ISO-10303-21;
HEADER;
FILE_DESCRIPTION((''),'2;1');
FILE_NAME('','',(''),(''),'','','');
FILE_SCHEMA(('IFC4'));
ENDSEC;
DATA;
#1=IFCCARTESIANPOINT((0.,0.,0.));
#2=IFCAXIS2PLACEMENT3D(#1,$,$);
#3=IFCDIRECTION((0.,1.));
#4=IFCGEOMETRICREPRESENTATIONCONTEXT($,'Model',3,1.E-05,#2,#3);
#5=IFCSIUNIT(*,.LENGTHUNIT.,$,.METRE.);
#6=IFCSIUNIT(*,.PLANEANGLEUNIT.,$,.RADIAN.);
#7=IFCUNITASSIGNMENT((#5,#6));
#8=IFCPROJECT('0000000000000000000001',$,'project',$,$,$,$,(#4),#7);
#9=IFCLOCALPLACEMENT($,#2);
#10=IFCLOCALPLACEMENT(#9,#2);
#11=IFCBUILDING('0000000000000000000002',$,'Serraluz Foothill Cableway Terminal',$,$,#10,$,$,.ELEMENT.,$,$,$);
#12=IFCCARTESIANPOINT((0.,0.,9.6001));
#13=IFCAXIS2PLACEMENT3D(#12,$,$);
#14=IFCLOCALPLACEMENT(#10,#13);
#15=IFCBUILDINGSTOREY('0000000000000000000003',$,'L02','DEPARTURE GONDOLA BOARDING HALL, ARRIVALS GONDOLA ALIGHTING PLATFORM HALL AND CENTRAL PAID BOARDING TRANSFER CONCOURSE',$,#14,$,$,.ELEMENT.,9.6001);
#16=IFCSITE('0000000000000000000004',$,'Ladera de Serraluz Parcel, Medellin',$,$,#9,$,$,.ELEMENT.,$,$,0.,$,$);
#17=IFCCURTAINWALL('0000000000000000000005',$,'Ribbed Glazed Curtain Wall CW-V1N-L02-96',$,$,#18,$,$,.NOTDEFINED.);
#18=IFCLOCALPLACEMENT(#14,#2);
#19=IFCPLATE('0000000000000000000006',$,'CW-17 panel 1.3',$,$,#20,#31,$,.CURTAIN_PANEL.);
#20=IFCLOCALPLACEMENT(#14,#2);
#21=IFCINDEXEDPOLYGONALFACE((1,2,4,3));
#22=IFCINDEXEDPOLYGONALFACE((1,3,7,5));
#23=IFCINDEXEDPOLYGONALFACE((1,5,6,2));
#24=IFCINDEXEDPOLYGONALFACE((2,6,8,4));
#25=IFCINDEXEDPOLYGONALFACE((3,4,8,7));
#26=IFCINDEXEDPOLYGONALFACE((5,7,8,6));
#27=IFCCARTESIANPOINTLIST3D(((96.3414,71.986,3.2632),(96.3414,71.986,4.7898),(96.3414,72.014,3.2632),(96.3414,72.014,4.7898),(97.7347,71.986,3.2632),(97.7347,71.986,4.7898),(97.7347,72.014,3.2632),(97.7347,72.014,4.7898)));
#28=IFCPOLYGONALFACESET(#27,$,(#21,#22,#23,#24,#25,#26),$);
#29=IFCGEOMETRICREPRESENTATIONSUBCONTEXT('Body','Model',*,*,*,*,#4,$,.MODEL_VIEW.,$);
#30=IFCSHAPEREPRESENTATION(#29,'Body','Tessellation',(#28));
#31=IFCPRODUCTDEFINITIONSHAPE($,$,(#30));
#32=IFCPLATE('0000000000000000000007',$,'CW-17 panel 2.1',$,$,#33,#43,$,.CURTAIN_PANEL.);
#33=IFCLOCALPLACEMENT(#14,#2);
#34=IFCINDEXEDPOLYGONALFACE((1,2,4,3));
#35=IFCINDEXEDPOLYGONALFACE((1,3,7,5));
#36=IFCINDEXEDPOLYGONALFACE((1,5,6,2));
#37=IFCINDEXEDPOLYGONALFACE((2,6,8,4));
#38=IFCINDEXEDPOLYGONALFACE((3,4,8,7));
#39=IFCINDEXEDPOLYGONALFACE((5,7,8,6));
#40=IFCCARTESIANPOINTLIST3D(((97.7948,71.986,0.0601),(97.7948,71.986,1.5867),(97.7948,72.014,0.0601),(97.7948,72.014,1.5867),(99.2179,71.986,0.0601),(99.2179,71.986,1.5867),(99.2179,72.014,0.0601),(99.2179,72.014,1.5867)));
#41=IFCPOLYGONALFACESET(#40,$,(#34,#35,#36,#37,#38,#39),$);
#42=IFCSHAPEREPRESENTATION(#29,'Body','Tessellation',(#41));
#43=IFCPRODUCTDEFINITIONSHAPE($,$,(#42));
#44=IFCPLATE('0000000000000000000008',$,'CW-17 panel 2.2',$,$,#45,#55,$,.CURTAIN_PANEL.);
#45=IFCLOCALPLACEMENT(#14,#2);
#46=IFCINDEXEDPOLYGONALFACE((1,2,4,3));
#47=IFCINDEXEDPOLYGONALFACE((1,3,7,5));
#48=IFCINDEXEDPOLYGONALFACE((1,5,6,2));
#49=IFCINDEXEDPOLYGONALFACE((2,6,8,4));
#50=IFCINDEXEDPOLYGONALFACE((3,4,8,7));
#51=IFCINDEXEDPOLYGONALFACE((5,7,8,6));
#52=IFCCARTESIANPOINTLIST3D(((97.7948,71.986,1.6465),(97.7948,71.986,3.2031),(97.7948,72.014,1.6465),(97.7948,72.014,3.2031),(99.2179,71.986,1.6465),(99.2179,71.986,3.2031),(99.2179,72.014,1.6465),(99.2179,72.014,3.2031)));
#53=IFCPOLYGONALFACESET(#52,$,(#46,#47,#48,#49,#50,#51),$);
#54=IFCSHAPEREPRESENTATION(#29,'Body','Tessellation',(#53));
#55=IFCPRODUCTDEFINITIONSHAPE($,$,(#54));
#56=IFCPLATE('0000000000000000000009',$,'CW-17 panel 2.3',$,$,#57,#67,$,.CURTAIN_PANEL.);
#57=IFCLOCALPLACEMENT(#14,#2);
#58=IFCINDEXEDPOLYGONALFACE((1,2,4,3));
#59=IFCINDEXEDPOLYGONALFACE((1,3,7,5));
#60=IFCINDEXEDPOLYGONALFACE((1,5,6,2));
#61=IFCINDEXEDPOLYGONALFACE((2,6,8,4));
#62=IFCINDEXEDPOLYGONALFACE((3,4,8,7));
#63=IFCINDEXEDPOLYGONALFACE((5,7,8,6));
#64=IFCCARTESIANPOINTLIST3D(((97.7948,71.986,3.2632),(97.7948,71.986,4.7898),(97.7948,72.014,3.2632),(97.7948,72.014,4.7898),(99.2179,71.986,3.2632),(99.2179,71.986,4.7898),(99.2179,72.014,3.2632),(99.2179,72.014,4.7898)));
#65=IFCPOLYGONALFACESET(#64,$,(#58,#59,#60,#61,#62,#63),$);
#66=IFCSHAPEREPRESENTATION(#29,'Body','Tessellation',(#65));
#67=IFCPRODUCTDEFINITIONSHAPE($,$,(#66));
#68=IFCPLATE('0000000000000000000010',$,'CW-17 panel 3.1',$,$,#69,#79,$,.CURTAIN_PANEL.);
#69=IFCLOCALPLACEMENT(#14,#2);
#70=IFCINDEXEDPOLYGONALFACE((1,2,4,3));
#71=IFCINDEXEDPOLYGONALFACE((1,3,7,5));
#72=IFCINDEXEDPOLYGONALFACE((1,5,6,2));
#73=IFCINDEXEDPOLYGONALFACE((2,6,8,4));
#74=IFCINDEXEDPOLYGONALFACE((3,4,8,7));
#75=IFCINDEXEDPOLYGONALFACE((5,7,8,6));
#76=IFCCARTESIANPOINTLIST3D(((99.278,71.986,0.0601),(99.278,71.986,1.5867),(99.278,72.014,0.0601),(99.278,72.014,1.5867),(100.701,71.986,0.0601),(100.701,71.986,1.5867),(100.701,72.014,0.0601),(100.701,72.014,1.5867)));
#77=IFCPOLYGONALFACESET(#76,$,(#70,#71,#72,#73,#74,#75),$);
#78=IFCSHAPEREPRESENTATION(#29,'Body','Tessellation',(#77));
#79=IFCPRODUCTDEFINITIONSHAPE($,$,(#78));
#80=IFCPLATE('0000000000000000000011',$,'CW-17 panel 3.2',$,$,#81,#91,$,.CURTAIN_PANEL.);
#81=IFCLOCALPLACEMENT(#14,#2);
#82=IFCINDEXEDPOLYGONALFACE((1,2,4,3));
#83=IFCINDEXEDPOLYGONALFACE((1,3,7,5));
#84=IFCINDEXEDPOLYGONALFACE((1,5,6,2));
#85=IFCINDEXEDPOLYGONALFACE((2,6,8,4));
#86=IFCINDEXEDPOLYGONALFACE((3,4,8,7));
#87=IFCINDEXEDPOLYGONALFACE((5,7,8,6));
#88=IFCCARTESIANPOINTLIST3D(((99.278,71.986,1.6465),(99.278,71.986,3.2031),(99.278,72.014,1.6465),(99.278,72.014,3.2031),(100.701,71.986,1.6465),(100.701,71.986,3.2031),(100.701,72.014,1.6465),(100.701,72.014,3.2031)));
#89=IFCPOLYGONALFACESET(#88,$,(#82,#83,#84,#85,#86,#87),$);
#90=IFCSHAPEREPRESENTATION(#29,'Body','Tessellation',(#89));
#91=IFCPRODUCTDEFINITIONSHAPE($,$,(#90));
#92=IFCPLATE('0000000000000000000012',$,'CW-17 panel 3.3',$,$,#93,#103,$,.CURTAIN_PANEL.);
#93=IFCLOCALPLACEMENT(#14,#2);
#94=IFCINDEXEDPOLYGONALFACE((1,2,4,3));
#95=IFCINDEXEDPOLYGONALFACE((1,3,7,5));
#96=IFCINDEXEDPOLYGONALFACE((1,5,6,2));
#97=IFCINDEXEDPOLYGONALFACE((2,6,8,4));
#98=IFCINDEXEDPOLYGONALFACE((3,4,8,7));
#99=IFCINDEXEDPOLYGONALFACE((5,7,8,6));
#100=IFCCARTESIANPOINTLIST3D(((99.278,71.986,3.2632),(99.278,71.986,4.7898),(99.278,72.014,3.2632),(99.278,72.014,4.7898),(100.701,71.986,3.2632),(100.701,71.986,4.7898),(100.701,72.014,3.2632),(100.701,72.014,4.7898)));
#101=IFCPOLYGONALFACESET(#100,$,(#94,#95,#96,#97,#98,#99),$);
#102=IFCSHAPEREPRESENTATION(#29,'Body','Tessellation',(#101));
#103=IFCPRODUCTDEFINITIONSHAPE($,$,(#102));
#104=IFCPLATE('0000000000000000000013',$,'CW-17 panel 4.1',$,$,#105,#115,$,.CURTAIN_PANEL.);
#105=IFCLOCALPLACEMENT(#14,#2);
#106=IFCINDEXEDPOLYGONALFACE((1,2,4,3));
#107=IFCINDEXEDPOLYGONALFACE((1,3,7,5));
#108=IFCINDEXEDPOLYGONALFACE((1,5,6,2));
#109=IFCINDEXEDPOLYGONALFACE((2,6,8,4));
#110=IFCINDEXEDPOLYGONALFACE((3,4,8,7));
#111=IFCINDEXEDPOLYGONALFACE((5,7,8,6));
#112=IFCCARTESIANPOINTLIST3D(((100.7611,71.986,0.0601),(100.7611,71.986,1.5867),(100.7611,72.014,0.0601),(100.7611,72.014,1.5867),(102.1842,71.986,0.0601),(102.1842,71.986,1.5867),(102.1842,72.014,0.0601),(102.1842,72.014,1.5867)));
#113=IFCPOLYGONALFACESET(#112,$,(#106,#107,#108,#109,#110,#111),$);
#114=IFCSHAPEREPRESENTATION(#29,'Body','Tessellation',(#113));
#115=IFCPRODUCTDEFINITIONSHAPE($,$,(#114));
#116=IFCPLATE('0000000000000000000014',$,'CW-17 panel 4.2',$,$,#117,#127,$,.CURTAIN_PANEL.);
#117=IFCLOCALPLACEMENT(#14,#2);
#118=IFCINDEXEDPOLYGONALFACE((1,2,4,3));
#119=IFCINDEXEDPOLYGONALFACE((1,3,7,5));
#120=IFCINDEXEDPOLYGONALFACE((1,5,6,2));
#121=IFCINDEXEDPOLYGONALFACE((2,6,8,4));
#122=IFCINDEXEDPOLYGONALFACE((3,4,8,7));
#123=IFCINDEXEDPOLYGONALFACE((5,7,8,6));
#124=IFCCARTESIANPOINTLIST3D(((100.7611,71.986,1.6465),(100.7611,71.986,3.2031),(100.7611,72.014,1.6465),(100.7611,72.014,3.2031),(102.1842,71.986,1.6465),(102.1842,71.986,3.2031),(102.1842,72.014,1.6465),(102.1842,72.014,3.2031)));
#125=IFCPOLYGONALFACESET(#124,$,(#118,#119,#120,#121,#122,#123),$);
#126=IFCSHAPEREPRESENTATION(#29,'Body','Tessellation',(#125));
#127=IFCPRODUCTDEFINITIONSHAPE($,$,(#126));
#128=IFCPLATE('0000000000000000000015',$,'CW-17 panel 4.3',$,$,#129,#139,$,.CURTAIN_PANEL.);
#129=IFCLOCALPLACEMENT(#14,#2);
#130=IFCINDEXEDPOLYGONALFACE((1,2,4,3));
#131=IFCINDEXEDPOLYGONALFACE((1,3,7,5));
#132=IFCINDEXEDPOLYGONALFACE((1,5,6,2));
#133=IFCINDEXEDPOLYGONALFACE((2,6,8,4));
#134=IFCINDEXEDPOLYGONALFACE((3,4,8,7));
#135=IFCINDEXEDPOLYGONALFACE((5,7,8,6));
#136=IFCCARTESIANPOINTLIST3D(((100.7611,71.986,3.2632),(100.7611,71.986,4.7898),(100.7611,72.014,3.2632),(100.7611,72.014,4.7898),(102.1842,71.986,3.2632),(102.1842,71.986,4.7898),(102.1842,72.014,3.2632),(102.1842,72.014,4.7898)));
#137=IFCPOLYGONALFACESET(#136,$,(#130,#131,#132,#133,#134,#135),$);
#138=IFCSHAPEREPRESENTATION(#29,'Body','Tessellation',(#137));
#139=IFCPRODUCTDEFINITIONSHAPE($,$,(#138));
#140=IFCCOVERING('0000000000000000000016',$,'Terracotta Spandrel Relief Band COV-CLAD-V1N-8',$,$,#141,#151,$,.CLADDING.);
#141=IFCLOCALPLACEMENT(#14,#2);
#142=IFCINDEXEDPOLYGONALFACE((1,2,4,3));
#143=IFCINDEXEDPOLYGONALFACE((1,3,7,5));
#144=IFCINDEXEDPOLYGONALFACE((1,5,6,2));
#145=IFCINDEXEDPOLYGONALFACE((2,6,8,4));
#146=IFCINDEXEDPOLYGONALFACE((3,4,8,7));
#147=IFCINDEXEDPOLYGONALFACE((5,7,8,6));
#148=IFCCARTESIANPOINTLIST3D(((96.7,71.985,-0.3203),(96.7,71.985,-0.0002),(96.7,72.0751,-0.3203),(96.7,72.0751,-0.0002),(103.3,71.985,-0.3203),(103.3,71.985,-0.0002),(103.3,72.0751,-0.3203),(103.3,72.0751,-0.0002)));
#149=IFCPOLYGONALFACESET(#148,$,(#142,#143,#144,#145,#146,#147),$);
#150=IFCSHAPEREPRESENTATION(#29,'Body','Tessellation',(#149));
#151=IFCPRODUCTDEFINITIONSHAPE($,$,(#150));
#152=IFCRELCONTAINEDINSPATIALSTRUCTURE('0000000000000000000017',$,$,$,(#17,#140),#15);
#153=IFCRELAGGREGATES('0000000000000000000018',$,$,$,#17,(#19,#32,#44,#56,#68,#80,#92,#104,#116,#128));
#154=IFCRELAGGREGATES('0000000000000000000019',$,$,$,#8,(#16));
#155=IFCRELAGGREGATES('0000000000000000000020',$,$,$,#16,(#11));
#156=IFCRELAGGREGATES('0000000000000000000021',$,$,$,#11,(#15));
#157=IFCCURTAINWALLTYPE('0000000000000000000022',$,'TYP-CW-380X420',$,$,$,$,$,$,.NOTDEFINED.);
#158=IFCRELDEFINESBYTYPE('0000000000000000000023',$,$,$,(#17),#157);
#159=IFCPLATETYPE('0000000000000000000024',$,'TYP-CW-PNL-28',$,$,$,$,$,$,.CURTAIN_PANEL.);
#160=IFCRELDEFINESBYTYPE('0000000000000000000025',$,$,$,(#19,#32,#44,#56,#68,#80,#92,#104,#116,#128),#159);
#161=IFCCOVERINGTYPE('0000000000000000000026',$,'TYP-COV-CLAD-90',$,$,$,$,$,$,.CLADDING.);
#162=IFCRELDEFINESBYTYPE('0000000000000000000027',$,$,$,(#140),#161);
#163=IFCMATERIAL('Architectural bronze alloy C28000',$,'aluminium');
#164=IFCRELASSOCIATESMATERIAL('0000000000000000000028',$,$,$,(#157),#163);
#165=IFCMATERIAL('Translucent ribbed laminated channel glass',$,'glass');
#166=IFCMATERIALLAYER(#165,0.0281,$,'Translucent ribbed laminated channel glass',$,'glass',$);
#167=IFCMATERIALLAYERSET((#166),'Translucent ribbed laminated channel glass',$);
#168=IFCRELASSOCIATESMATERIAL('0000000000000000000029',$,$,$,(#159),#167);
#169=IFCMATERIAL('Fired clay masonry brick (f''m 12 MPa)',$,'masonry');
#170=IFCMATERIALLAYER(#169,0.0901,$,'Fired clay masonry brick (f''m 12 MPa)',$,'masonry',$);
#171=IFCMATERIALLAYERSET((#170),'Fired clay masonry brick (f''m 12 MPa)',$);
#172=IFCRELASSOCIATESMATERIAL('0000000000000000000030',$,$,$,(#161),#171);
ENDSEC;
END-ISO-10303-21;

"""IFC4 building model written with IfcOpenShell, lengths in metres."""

from ifc_helpers import new_model, si_unit, direction, frame, origin, origin_2d, place, context, subcontext, project, spatial, rectangle, extrude, material, layer, layer_set, type_object, element, aggregate, save


model = new_model("IFC4")

# Units and contexts
model_context = context("Model", 3, precision=1e-05, world=origin(), true_north=direction((0.0, 1.0)))
body_context = subcontext(model_context, "Body", "Model", "MODEL_VIEW")
ifc_project = project(units=[si_unit("LENGTHUNIT", "METRE"), si_unit("PLANEANGLEUNIT", "RADIAN")], contexts=[model_context])

# Site, building, storey
site_placement = place(None, origin())
site = spatial("IfcSite", under=ifc_project, at=site_placement, Name="Ladera de Serraluz Parcel, Medellin", CompositionType="ELEMENT", RefElevation=0.0)
building_placement = place(site_placement, origin())
building = spatial("IfcBuilding", under=site, at=building_placement, Name="Serraluz Foothill Cableway Terminal", CompositionType="ELEMENT")
storey_placement = place(building_placement, frame((0.0, 0.0, 9.6001)))
storey = spatial("IfcBuildingStorey", under=building, at=storey_placement, Name="L02", Description="DEPARTURE GONDOLA BOARDING HALL, ARRIVALS GONDOLA ALIGHTING PLATFORM HALL AND CENTRAL PAID BOARDING TRANSFER CONCOURSE", CompositionType="ELEMENT", Elevation=9.6001)

# Curtain wall, plates
ifc_material_1 = material(Name="Architectural bronze alloy C28000", Category="aluminium")
curtain_wall_type = type_object("IfcCurtainWallType", Name="TYP-CW-380X420", PredefinedType="NOTDEFINED", material=ifc_material_1)
curtain_wall_placement = place(storey_placement, origin())
curtain_wall = element("IfcCurtainWall", 1, at=curtain_wall_placement, inside=storey, type_object=curtain_wall_type, Name="Ribbed Glazed Curtain Wall CW-V1N-L02-96", PredefinedType="NOTDEFINED")
ifc_material_2 = material(Name="Translucent ribbed laminated channel glass", Category="glass")
ifc_layer_1 = layer(ifc_material_2, 0.0281, Name="Translucent ribbed laminated channel glass", Category="glass")
ifc_layer_set_1 = layer_set([ifc_layer_1], Name="Translucent ribbed laminated channel glass")
plate_type = type_object("IfcPlateType", Name="TYP-CW-PNL-28", PredefinedType="CURTAIN_PANEL", material=ifc_layer_set_1)
plate_1_placement = place(storey_placement, frame((97.0381, 72.0, 3.2632), z_axis=(0.0, 0.0, 1.0), x_axis=(1.0, 0.0, 0.0)))
plate_1 = element("IfcPlate", 2, at=plate_1_placement, type_object=plate_type, Name="CW-17 panel 1.3", PredefinedType="CURTAIN_PANEL", context=body_context, shape_type="SweptSolid", body=[
    extrude(rectangle(XDim=1.3933, YDim=0.0281, at=origin_2d()), origin(), (0.0, 0.0, 1.0), 1.5266),
])
plate_2_placement = place(storey_placement, frame((98.5063, 72.0, 0.0601), z_axis=(0.0, 0.0, 1.0), x_axis=(1.0, 0.0, 0.0)))
plate_2 = element("IfcPlate", 3, at=plate_2_placement, type_object=plate_type, Name="CW-17 panel 2.1", PredefinedType="CURTAIN_PANEL", context=body_context, shape_type="SweptSolid", body=[
    extrude(rectangle(XDim=1.4231, YDim=0.0281, at=origin_2d()), origin(), (0.0, 0.0, 1.0), 1.5266),
])
plate_3_placement = place(storey_placement, frame((98.5063, 72.0, 1.6465), z_axis=(0.0, 0.0, 1.0), x_axis=(1.0, 0.0, 0.0)))
plate_3 = element("IfcPlate", 4, at=plate_3_placement, type_object=plate_type, Name="CW-17 panel 2.2", PredefinedType="CURTAIN_PANEL", context=body_context, shape_type="SweptSolid", body=[
    extrude(rectangle(XDim=1.4231, YDim=0.0281, at=origin_2d()), origin(), (0.0, 0.0, 1.0), 1.5566),
])
plate_4_placement = place(storey_placement, frame((98.5063, 72.0, 3.2632), z_axis=(0.0, 0.0, 1.0), x_axis=(1.0, 0.0, 0.0)))
plate_4 = element("IfcPlate", 5, at=plate_4_placement, type_object=plate_type, Name="CW-17 panel 2.3", PredefinedType="CURTAIN_PANEL", context=body_context, shape_type="SweptSolid", body=[
    extrude(rectangle(XDim=1.4231, YDim=0.0281, at=origin_2d()), origin(), (0.0, 0.0, 1.0), 1.5266),
])
plate_5_placement = place(storey_placement, frame((99.9895, 72.0, 0.0601), z_axis=(0.0, 0.0, 1.0), x_axis=(1.0, 0.0, 0.0)))
plate_5 = element("IfcPlate", 6, at=plate_5_placement, type_object=plate_type, Name="CW-17 panel 3.1", PredefinedType="CURTAIN_PANEL", context=body_context, shape_type="SweptSolid", body=[
    extrude(rectangle(XDim=1.4231, YDim=0.0281, at=origin_2d()), origin(), (0.0, 0.0, 1.0), 1.5266),
])
plate_6_placement = place(storey_placement, frame((99.9895, 72.0, 1.6465), z_axis=(0.0, 0.0, 1.0), x_axis=(1.0, 0.0, 0.0)))
plate_6 = element("IfcPlate", 7, at=plate_6_placement, type_object=plate_type, Name="CW-17 panel 3.2", PredefinedType="CURTAIN_PANEL", context=body_context, shape_type="SweptSolid", body=[
    extrude(rectangle(XDim=1.4231, YDim=0.0281, at=origin_2d()), origin(), (0.0, 0.0, 1.0), 1.5566),
])
plate_7_placement = place(storey_placement, frame((99.9895, 72.0, 3.2632), z_axis=(0.0, 0.0, 1.0), x_axis=(1.0, 0.0, 0.0)))
plate_7 = element("IfcPlate", 8, at=plate_7_placement, type_object=plate_type, Name="CW-17 panel 3.3", PredefinedType="CURTAIN_PANEL", context=body_context, shape_type="SweptSolid", body=[
    extrude(rectangle(XDim=1.4231, YDim=0.0281, at=origin_2d()), origin(), (0.0, 0.0, 1.0), 1.5266),
])
plate_8_placement = place(storey_placement, frame((101.4727, 72.0, 0.0601), z_axis=(0.0, 0.0, 1.0), x_axis=(1.0, 0.0, 0.0)))
plate_8 = element("IfcPlate", 9, at=plate_8_placement, type_object=plate_type, Name="CW-17 panel 4.1", PredefinedType="CURTAIN_PANEL", context=body_context, shape_type="SweptSolid", body=[
    extrude(rectangle(XDim=1.4231, YDim=0.0281, at=origin_2d()), origin(), (0.0, 0.0, 1.0), 1.5266),
])
plate_9_placement = place(storey_placement, frame((101.4727, 72.0, 1.6465), z_axis=(0.0, 0.0, 1.0), x_axis=(1.0, 0.0, 0.0)))
plate_9 = element("IfcPlate", 10, at=plate_9_placement, type_object=plate_type, Name="CW-17 panel 4.2", PredefinedType="CURTAIN_PANEL", context=body_context, shape_type="SweptSolid", body=[
    extrude(rectangle(XDim=1.4231, YDim=0.0281, at=origin_2d()), origin(), (0.0, 0.0, 1.0), 1.5566),
])
plate_10_placement = place(storey_placement, frame((101.4727, 72.0, 3.2632), z_axis=(0.0, 0.0, 1.0), x_axis=(1.0, 0.0, 0.0)))
plate_10 = element("IfcPlate", 11, at=plate_10_placement, type_object=plate_type, Name="CW-17 panel 4.3", PredefinedType="CURTAIN_PANEL", context=body_context, shape_type="SweptSolid", body=[
    extrude(rectangle(XDim=1.4231, YDim=0.0281, at=origin_2d()), origin(), (0.0, 0.0, 1.0), 1.5266),
])
aggregate(curtain_wall, [plate_1, plate_2, plate_3, plate_4, plate_5, plate_6, plate_7, plate_8, plate_9, plate_10])

# Covering
ifc_material_3 = material(Name="Fired clay masonry brick (f'm 12 MPa)", Category="masonry")
ifc_layer_2 = layer(ifc_material_3, 0.0901, Name="Fired clay masonry brick (f'm 12 MPa)", Category="masonry")
ifc_layer_set_2 = layer_set([ifc_layer_2], Name="Fired clay masonry brick (f'm 12 MPa)")
covering_type = type_object("IfcCoveringType", Name="TYP-COV-CLAD-90", PredefinedType="CLADDING", material=ifc_layer_set_2)
covering_placement = place(storey_placement, frame((100.0, 72.03, -0.3203), z_axis=(0.0, 0.0, 1.0), x_axis=(1.0, 0.0, 0.0)))
element("IfcCovering", 12, at=covering_placement, inside=storey, type_object=covering_type, Name="Terracotta Spandrel Relief Band COV-CLAD-V1N-8", PredefinedType="CLADDING", context=body_context, shape_type="SweptSolid", body=[
    extrude(rectangle(XDim=6.6001, YDim=0.0901, at=origin_2d()), origin(), (0.0, 0.0, 1.0), 0.3201),
])

save(model, "model.ifc")
